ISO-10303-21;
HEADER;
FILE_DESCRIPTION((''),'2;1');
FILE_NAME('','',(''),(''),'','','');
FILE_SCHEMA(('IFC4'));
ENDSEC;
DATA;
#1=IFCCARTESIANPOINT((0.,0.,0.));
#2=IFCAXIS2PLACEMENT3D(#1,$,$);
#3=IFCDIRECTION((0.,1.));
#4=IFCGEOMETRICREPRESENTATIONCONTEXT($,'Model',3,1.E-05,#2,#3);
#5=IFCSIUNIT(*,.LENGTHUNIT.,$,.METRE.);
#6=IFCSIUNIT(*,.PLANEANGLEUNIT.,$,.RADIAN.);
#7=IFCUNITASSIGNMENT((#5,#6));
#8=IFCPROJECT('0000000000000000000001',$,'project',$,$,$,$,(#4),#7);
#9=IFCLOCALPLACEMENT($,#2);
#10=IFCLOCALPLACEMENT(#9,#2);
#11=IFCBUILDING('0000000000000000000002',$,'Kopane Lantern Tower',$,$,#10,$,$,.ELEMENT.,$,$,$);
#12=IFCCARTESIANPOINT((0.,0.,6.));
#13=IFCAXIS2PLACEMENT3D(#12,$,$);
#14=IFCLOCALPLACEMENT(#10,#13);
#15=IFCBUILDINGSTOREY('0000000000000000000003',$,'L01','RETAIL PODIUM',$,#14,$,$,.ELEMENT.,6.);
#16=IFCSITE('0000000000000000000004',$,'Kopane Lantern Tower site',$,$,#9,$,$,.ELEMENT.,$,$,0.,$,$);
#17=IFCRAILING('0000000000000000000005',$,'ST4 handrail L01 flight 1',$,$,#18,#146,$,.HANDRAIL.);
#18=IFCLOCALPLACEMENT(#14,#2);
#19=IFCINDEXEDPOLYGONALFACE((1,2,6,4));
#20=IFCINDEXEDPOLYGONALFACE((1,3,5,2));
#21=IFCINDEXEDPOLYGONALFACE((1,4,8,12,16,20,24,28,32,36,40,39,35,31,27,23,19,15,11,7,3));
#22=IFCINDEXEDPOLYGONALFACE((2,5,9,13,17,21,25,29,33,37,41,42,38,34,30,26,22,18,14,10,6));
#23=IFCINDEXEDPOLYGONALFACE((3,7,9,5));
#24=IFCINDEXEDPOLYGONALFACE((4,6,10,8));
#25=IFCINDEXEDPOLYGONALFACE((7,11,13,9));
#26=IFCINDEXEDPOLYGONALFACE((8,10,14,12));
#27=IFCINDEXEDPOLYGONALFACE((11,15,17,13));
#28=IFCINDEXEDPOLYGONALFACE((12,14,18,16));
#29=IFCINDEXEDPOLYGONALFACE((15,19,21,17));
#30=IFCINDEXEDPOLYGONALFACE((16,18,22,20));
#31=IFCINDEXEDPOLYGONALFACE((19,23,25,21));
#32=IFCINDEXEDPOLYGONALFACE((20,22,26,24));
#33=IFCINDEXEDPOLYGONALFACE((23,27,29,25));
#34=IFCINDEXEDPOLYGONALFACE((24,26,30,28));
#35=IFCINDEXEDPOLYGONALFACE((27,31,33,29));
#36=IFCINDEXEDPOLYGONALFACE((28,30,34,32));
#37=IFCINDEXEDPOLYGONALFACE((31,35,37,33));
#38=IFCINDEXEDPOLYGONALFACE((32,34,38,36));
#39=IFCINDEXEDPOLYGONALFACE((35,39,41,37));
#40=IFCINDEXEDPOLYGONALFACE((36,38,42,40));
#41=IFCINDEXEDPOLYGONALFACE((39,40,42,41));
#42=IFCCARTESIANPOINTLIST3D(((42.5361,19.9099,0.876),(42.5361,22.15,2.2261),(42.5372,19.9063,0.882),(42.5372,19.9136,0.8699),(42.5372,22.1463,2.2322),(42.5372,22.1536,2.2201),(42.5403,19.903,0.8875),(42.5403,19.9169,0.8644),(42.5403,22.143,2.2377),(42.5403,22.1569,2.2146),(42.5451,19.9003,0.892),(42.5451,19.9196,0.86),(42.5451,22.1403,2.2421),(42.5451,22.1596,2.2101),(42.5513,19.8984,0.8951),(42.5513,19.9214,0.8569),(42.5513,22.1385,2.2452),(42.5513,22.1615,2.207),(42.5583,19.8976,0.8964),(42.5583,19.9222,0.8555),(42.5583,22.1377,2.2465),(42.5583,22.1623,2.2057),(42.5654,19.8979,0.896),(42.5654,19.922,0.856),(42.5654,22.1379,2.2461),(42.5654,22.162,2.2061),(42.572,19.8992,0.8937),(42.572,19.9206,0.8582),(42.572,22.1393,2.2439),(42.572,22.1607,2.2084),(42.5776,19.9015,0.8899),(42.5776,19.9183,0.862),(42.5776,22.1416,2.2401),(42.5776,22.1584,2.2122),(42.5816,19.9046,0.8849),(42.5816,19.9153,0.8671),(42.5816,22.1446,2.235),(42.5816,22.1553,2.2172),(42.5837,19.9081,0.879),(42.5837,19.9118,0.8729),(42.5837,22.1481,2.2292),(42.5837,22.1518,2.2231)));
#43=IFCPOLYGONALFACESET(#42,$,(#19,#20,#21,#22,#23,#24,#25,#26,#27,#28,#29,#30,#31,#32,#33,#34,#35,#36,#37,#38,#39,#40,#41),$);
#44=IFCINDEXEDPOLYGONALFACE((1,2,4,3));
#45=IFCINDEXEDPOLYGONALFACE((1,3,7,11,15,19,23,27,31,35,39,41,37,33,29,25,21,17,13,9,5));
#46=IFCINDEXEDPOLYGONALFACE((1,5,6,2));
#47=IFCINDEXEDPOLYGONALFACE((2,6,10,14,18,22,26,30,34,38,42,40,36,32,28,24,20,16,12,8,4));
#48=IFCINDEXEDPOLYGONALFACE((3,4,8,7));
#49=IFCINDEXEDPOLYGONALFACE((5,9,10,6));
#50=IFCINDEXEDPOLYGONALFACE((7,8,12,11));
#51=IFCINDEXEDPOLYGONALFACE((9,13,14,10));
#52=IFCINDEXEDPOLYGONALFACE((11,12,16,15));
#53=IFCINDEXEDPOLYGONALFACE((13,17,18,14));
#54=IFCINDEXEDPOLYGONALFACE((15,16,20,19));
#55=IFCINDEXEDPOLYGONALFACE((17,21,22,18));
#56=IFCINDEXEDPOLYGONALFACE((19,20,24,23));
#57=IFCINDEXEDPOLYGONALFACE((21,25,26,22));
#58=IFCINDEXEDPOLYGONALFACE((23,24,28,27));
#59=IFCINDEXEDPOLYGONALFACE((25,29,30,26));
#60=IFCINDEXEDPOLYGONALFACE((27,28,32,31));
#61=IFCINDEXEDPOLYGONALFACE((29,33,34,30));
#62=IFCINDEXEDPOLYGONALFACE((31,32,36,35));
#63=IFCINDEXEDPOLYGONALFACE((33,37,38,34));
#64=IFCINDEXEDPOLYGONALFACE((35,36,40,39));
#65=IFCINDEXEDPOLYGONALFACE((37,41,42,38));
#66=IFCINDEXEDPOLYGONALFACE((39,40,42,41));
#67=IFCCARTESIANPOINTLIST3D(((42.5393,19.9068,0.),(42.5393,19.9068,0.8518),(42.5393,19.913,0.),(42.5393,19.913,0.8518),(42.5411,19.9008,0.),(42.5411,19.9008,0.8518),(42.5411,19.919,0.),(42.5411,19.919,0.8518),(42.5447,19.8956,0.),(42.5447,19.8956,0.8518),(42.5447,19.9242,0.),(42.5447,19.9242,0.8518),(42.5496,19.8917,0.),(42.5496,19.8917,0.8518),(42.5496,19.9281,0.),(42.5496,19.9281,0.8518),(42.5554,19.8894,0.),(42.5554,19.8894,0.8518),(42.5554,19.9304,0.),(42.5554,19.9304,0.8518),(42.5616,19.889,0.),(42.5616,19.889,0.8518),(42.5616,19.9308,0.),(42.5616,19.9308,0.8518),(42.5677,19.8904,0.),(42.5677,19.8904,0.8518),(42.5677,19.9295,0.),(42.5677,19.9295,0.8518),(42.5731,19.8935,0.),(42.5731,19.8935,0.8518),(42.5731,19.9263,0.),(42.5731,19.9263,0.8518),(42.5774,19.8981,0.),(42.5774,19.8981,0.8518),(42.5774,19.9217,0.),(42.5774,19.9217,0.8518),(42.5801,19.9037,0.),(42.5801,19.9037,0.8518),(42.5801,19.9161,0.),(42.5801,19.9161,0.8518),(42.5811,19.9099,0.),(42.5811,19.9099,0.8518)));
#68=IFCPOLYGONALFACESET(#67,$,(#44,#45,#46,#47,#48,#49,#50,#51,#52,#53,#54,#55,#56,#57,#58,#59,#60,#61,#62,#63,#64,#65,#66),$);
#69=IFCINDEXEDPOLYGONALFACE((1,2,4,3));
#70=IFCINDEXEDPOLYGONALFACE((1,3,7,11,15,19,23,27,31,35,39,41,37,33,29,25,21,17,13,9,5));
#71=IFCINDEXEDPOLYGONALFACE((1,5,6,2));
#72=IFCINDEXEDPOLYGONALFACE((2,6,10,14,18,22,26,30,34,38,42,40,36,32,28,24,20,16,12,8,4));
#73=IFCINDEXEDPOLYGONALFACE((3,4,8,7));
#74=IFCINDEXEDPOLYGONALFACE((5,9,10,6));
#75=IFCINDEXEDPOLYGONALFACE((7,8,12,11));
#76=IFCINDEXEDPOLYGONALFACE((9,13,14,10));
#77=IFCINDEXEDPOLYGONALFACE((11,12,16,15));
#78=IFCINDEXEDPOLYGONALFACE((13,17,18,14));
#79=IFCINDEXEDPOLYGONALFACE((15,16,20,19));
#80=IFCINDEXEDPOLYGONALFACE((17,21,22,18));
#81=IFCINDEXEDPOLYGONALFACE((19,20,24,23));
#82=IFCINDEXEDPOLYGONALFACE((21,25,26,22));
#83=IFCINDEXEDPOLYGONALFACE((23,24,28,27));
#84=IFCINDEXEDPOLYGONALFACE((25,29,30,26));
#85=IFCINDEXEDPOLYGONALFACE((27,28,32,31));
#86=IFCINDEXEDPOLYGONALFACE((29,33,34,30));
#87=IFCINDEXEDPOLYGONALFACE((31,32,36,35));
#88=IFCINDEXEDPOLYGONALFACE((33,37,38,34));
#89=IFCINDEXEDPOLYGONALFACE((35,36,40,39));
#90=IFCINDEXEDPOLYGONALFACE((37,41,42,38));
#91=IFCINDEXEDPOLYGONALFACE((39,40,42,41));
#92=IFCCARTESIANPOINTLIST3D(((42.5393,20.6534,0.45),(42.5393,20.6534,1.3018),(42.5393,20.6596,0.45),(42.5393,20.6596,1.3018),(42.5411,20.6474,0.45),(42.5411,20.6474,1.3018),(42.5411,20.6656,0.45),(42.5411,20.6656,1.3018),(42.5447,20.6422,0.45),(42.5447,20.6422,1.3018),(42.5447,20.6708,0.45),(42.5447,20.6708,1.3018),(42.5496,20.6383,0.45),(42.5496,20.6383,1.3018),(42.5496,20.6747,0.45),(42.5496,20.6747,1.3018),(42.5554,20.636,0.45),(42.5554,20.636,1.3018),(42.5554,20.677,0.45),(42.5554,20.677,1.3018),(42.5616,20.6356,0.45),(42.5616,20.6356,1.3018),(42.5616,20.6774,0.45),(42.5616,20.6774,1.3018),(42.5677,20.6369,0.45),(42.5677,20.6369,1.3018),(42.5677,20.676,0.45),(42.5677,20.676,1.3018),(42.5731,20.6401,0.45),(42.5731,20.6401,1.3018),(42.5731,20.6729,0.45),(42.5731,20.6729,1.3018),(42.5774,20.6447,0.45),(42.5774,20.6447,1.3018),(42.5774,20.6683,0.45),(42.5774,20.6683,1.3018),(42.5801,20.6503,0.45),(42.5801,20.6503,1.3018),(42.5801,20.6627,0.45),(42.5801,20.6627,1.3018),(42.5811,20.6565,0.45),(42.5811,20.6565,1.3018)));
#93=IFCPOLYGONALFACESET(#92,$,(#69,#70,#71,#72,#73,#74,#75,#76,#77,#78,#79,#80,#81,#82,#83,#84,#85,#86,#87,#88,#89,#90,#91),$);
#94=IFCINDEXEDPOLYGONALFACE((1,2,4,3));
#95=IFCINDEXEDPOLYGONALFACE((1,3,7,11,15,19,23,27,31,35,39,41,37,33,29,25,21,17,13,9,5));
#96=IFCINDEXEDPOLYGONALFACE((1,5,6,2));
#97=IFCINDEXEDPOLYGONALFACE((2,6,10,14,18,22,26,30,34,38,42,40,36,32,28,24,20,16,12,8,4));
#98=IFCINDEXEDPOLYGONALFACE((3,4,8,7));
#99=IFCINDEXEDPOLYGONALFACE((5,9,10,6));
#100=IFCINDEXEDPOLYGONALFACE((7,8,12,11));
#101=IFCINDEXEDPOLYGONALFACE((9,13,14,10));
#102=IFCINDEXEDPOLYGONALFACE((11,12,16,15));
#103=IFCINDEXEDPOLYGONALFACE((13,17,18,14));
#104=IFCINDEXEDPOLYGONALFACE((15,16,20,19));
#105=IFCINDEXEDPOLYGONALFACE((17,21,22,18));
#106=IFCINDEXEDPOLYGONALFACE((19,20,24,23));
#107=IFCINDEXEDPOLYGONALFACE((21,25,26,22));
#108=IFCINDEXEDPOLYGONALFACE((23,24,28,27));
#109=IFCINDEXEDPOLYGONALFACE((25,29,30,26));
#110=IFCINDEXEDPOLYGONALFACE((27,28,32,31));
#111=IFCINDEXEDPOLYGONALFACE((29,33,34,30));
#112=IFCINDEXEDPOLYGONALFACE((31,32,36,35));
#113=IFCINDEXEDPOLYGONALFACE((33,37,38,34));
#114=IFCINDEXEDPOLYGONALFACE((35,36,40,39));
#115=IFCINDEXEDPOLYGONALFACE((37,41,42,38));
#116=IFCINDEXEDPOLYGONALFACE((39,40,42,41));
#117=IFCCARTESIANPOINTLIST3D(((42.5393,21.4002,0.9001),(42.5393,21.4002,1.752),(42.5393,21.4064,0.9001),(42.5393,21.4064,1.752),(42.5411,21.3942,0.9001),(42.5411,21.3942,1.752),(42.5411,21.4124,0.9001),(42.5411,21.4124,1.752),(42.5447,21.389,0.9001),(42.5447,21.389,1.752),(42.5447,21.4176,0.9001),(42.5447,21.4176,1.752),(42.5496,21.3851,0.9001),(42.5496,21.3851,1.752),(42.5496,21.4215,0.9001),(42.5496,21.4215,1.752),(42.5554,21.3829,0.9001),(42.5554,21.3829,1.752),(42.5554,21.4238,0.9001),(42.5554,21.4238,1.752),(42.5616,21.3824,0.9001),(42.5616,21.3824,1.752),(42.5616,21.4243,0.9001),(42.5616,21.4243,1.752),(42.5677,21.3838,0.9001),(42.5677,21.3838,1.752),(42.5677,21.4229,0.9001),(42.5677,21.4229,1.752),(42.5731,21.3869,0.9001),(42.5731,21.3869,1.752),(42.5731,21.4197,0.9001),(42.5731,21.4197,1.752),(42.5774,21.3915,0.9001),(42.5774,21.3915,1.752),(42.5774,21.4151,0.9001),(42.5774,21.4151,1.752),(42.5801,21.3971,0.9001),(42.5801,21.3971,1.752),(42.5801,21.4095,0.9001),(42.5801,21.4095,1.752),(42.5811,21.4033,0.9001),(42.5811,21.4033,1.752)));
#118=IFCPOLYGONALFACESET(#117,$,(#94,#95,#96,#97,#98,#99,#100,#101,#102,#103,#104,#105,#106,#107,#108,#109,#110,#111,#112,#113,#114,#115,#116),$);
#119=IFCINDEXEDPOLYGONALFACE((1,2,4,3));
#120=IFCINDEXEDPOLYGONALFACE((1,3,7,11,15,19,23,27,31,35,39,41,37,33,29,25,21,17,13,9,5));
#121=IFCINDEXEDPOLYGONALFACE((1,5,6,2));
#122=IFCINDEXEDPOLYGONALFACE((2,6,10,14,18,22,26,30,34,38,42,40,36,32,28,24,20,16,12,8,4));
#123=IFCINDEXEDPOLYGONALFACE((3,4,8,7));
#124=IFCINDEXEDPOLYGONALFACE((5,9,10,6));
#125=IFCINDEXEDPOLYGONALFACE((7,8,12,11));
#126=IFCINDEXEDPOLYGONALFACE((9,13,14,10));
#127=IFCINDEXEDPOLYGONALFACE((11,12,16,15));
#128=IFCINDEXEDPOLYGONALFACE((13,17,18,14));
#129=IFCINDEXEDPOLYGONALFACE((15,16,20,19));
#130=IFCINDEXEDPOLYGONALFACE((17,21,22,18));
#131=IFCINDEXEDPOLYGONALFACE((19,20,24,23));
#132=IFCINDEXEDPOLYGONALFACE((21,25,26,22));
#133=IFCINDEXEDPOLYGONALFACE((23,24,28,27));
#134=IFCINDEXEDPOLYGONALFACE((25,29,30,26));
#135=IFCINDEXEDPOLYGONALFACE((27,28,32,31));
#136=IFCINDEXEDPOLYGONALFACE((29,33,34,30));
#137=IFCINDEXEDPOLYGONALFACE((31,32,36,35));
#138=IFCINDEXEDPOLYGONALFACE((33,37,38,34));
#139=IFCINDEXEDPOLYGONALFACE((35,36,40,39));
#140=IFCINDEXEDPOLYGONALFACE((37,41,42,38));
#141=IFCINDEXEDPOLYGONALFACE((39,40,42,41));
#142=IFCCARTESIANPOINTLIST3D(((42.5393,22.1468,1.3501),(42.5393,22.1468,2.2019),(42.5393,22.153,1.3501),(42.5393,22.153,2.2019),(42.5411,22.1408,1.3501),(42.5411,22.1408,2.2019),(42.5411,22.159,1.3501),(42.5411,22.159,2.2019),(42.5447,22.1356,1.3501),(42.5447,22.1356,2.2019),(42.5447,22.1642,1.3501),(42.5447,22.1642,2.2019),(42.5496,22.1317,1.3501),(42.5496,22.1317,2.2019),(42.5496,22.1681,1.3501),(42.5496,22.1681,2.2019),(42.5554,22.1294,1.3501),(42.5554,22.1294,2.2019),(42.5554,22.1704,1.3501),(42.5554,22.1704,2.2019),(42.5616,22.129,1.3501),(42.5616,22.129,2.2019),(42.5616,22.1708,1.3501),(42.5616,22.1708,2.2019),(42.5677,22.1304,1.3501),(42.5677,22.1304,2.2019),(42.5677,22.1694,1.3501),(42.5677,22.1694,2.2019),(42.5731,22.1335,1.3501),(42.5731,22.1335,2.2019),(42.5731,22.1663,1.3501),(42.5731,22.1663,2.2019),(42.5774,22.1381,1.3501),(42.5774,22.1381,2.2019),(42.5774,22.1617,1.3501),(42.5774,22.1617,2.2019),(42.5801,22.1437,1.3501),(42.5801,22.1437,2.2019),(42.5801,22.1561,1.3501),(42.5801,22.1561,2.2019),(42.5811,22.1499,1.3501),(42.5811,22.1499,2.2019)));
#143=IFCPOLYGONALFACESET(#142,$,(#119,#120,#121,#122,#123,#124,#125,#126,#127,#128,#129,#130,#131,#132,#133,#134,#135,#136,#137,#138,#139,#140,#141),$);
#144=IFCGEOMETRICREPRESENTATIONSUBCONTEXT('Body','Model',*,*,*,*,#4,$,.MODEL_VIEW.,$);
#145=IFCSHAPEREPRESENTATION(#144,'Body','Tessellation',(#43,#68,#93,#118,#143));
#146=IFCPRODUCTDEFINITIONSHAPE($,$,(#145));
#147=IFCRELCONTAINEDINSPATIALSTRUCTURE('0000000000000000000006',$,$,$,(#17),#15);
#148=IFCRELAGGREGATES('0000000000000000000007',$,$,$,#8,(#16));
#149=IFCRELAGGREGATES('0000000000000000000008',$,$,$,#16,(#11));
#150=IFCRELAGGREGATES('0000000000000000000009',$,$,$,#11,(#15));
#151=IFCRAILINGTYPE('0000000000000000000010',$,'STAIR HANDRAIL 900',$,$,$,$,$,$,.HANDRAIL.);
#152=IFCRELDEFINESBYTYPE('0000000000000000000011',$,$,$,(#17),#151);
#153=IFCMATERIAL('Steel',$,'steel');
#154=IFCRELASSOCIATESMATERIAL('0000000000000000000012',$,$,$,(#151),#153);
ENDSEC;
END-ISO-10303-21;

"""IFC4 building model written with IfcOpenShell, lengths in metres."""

from ifc_helpers import new_model, si_unit, direction, frame, origin, origin_2d, place, context, subcontext, project, spatial, circle, extrude, material, type_object, element, save


model = new_model("IFC4")

# Units and contexts
model_context = context("Model", 3, precision=1e-05, world=origin(), true_north=direction((0.0, 1.0)))
body_context = subcontext(model_context, "Body", "Model", "MODEL_VIEW")
ifc_project = project(units=[si_unit("LENGTHUNIT", "METRE"), si_unit("PLANEANGLEUNIT", "RADIAN")], contexts=[model_context])

# Site, building, storey
site_placement = place(None, origin())
site = spatial("IfcSite", under=ifc_project, at=site_placement, Name="Kopane Lantern Tower site", CompositionType="ELEMENT", RefElevation=0.0)
building_placement = place(site_placement, origin())
building = spatial("IfcBuilding", under=site, at=building_placement, Name="Kopane Lantern Tower", CompositionType="ELEMENT")
storey_placement = place(building_placement, frame((0.0, 0.0, 6.0)))
storey = spatial("IfcBuildingStorey", under=building, at=storey_placement, Name="L01", Description="RETAIL PODIUM", CompositionType="ELEMENT", Elevation=6.0)

# Railing
ifc_material_1 = material(Name="Steel", Category="steel")
railing_type_1 = type_object("IfcRailingType", Name="STAIR HANDRAIL 900", PredefinedType="HANDRAIL", material=ifc_material_1)
for number, where, name in (
    (1, (42.5601, 19.9099, 0.0), "ST4 handrail L01 flight 1"),
):
    element("IfcRailing", number, at=place(storey_placement, frame(where)), inside=storey, type_object=railing_type_1, Name=name, PredefinedType="HANDRAIL", context=body_context, shape_type="SweptSolid", body=[
        extrude(circle(Radius=0.0239, at=origin_2d()), frame((0.0, 0.0, 0.876), z_axis=(0.0, 0.856462, 0.516211), x_axis=(-1.0, 0.0, 0.0)), (0.0, 0.0, 1.0), 2.6155),
        extrude(circle(Radius=0.021, at=origin_2d()), origin(), (0.0, 0.0, 1.0), 0.8518),
        extrude(circle(Radius=0.021, at=origin_2d()), frame((0.0, 0.7466, 0.45)), (0.0, 0.0, 1.0), 0.8518),
        extrude(circle(Radius=0.021, at=origin_2d()), frame((0.0, 1.4934, 0.9001)), (0.0, 0.0, 1.0), 0.8518),
        extrude(circle(Radius=0.021, at=origin_2d()), frame((0.0, 2.24, 1.3501)), (0.0, 0.0, 1.0), 0.8518),
    ])

save(model, "model.ifc")
